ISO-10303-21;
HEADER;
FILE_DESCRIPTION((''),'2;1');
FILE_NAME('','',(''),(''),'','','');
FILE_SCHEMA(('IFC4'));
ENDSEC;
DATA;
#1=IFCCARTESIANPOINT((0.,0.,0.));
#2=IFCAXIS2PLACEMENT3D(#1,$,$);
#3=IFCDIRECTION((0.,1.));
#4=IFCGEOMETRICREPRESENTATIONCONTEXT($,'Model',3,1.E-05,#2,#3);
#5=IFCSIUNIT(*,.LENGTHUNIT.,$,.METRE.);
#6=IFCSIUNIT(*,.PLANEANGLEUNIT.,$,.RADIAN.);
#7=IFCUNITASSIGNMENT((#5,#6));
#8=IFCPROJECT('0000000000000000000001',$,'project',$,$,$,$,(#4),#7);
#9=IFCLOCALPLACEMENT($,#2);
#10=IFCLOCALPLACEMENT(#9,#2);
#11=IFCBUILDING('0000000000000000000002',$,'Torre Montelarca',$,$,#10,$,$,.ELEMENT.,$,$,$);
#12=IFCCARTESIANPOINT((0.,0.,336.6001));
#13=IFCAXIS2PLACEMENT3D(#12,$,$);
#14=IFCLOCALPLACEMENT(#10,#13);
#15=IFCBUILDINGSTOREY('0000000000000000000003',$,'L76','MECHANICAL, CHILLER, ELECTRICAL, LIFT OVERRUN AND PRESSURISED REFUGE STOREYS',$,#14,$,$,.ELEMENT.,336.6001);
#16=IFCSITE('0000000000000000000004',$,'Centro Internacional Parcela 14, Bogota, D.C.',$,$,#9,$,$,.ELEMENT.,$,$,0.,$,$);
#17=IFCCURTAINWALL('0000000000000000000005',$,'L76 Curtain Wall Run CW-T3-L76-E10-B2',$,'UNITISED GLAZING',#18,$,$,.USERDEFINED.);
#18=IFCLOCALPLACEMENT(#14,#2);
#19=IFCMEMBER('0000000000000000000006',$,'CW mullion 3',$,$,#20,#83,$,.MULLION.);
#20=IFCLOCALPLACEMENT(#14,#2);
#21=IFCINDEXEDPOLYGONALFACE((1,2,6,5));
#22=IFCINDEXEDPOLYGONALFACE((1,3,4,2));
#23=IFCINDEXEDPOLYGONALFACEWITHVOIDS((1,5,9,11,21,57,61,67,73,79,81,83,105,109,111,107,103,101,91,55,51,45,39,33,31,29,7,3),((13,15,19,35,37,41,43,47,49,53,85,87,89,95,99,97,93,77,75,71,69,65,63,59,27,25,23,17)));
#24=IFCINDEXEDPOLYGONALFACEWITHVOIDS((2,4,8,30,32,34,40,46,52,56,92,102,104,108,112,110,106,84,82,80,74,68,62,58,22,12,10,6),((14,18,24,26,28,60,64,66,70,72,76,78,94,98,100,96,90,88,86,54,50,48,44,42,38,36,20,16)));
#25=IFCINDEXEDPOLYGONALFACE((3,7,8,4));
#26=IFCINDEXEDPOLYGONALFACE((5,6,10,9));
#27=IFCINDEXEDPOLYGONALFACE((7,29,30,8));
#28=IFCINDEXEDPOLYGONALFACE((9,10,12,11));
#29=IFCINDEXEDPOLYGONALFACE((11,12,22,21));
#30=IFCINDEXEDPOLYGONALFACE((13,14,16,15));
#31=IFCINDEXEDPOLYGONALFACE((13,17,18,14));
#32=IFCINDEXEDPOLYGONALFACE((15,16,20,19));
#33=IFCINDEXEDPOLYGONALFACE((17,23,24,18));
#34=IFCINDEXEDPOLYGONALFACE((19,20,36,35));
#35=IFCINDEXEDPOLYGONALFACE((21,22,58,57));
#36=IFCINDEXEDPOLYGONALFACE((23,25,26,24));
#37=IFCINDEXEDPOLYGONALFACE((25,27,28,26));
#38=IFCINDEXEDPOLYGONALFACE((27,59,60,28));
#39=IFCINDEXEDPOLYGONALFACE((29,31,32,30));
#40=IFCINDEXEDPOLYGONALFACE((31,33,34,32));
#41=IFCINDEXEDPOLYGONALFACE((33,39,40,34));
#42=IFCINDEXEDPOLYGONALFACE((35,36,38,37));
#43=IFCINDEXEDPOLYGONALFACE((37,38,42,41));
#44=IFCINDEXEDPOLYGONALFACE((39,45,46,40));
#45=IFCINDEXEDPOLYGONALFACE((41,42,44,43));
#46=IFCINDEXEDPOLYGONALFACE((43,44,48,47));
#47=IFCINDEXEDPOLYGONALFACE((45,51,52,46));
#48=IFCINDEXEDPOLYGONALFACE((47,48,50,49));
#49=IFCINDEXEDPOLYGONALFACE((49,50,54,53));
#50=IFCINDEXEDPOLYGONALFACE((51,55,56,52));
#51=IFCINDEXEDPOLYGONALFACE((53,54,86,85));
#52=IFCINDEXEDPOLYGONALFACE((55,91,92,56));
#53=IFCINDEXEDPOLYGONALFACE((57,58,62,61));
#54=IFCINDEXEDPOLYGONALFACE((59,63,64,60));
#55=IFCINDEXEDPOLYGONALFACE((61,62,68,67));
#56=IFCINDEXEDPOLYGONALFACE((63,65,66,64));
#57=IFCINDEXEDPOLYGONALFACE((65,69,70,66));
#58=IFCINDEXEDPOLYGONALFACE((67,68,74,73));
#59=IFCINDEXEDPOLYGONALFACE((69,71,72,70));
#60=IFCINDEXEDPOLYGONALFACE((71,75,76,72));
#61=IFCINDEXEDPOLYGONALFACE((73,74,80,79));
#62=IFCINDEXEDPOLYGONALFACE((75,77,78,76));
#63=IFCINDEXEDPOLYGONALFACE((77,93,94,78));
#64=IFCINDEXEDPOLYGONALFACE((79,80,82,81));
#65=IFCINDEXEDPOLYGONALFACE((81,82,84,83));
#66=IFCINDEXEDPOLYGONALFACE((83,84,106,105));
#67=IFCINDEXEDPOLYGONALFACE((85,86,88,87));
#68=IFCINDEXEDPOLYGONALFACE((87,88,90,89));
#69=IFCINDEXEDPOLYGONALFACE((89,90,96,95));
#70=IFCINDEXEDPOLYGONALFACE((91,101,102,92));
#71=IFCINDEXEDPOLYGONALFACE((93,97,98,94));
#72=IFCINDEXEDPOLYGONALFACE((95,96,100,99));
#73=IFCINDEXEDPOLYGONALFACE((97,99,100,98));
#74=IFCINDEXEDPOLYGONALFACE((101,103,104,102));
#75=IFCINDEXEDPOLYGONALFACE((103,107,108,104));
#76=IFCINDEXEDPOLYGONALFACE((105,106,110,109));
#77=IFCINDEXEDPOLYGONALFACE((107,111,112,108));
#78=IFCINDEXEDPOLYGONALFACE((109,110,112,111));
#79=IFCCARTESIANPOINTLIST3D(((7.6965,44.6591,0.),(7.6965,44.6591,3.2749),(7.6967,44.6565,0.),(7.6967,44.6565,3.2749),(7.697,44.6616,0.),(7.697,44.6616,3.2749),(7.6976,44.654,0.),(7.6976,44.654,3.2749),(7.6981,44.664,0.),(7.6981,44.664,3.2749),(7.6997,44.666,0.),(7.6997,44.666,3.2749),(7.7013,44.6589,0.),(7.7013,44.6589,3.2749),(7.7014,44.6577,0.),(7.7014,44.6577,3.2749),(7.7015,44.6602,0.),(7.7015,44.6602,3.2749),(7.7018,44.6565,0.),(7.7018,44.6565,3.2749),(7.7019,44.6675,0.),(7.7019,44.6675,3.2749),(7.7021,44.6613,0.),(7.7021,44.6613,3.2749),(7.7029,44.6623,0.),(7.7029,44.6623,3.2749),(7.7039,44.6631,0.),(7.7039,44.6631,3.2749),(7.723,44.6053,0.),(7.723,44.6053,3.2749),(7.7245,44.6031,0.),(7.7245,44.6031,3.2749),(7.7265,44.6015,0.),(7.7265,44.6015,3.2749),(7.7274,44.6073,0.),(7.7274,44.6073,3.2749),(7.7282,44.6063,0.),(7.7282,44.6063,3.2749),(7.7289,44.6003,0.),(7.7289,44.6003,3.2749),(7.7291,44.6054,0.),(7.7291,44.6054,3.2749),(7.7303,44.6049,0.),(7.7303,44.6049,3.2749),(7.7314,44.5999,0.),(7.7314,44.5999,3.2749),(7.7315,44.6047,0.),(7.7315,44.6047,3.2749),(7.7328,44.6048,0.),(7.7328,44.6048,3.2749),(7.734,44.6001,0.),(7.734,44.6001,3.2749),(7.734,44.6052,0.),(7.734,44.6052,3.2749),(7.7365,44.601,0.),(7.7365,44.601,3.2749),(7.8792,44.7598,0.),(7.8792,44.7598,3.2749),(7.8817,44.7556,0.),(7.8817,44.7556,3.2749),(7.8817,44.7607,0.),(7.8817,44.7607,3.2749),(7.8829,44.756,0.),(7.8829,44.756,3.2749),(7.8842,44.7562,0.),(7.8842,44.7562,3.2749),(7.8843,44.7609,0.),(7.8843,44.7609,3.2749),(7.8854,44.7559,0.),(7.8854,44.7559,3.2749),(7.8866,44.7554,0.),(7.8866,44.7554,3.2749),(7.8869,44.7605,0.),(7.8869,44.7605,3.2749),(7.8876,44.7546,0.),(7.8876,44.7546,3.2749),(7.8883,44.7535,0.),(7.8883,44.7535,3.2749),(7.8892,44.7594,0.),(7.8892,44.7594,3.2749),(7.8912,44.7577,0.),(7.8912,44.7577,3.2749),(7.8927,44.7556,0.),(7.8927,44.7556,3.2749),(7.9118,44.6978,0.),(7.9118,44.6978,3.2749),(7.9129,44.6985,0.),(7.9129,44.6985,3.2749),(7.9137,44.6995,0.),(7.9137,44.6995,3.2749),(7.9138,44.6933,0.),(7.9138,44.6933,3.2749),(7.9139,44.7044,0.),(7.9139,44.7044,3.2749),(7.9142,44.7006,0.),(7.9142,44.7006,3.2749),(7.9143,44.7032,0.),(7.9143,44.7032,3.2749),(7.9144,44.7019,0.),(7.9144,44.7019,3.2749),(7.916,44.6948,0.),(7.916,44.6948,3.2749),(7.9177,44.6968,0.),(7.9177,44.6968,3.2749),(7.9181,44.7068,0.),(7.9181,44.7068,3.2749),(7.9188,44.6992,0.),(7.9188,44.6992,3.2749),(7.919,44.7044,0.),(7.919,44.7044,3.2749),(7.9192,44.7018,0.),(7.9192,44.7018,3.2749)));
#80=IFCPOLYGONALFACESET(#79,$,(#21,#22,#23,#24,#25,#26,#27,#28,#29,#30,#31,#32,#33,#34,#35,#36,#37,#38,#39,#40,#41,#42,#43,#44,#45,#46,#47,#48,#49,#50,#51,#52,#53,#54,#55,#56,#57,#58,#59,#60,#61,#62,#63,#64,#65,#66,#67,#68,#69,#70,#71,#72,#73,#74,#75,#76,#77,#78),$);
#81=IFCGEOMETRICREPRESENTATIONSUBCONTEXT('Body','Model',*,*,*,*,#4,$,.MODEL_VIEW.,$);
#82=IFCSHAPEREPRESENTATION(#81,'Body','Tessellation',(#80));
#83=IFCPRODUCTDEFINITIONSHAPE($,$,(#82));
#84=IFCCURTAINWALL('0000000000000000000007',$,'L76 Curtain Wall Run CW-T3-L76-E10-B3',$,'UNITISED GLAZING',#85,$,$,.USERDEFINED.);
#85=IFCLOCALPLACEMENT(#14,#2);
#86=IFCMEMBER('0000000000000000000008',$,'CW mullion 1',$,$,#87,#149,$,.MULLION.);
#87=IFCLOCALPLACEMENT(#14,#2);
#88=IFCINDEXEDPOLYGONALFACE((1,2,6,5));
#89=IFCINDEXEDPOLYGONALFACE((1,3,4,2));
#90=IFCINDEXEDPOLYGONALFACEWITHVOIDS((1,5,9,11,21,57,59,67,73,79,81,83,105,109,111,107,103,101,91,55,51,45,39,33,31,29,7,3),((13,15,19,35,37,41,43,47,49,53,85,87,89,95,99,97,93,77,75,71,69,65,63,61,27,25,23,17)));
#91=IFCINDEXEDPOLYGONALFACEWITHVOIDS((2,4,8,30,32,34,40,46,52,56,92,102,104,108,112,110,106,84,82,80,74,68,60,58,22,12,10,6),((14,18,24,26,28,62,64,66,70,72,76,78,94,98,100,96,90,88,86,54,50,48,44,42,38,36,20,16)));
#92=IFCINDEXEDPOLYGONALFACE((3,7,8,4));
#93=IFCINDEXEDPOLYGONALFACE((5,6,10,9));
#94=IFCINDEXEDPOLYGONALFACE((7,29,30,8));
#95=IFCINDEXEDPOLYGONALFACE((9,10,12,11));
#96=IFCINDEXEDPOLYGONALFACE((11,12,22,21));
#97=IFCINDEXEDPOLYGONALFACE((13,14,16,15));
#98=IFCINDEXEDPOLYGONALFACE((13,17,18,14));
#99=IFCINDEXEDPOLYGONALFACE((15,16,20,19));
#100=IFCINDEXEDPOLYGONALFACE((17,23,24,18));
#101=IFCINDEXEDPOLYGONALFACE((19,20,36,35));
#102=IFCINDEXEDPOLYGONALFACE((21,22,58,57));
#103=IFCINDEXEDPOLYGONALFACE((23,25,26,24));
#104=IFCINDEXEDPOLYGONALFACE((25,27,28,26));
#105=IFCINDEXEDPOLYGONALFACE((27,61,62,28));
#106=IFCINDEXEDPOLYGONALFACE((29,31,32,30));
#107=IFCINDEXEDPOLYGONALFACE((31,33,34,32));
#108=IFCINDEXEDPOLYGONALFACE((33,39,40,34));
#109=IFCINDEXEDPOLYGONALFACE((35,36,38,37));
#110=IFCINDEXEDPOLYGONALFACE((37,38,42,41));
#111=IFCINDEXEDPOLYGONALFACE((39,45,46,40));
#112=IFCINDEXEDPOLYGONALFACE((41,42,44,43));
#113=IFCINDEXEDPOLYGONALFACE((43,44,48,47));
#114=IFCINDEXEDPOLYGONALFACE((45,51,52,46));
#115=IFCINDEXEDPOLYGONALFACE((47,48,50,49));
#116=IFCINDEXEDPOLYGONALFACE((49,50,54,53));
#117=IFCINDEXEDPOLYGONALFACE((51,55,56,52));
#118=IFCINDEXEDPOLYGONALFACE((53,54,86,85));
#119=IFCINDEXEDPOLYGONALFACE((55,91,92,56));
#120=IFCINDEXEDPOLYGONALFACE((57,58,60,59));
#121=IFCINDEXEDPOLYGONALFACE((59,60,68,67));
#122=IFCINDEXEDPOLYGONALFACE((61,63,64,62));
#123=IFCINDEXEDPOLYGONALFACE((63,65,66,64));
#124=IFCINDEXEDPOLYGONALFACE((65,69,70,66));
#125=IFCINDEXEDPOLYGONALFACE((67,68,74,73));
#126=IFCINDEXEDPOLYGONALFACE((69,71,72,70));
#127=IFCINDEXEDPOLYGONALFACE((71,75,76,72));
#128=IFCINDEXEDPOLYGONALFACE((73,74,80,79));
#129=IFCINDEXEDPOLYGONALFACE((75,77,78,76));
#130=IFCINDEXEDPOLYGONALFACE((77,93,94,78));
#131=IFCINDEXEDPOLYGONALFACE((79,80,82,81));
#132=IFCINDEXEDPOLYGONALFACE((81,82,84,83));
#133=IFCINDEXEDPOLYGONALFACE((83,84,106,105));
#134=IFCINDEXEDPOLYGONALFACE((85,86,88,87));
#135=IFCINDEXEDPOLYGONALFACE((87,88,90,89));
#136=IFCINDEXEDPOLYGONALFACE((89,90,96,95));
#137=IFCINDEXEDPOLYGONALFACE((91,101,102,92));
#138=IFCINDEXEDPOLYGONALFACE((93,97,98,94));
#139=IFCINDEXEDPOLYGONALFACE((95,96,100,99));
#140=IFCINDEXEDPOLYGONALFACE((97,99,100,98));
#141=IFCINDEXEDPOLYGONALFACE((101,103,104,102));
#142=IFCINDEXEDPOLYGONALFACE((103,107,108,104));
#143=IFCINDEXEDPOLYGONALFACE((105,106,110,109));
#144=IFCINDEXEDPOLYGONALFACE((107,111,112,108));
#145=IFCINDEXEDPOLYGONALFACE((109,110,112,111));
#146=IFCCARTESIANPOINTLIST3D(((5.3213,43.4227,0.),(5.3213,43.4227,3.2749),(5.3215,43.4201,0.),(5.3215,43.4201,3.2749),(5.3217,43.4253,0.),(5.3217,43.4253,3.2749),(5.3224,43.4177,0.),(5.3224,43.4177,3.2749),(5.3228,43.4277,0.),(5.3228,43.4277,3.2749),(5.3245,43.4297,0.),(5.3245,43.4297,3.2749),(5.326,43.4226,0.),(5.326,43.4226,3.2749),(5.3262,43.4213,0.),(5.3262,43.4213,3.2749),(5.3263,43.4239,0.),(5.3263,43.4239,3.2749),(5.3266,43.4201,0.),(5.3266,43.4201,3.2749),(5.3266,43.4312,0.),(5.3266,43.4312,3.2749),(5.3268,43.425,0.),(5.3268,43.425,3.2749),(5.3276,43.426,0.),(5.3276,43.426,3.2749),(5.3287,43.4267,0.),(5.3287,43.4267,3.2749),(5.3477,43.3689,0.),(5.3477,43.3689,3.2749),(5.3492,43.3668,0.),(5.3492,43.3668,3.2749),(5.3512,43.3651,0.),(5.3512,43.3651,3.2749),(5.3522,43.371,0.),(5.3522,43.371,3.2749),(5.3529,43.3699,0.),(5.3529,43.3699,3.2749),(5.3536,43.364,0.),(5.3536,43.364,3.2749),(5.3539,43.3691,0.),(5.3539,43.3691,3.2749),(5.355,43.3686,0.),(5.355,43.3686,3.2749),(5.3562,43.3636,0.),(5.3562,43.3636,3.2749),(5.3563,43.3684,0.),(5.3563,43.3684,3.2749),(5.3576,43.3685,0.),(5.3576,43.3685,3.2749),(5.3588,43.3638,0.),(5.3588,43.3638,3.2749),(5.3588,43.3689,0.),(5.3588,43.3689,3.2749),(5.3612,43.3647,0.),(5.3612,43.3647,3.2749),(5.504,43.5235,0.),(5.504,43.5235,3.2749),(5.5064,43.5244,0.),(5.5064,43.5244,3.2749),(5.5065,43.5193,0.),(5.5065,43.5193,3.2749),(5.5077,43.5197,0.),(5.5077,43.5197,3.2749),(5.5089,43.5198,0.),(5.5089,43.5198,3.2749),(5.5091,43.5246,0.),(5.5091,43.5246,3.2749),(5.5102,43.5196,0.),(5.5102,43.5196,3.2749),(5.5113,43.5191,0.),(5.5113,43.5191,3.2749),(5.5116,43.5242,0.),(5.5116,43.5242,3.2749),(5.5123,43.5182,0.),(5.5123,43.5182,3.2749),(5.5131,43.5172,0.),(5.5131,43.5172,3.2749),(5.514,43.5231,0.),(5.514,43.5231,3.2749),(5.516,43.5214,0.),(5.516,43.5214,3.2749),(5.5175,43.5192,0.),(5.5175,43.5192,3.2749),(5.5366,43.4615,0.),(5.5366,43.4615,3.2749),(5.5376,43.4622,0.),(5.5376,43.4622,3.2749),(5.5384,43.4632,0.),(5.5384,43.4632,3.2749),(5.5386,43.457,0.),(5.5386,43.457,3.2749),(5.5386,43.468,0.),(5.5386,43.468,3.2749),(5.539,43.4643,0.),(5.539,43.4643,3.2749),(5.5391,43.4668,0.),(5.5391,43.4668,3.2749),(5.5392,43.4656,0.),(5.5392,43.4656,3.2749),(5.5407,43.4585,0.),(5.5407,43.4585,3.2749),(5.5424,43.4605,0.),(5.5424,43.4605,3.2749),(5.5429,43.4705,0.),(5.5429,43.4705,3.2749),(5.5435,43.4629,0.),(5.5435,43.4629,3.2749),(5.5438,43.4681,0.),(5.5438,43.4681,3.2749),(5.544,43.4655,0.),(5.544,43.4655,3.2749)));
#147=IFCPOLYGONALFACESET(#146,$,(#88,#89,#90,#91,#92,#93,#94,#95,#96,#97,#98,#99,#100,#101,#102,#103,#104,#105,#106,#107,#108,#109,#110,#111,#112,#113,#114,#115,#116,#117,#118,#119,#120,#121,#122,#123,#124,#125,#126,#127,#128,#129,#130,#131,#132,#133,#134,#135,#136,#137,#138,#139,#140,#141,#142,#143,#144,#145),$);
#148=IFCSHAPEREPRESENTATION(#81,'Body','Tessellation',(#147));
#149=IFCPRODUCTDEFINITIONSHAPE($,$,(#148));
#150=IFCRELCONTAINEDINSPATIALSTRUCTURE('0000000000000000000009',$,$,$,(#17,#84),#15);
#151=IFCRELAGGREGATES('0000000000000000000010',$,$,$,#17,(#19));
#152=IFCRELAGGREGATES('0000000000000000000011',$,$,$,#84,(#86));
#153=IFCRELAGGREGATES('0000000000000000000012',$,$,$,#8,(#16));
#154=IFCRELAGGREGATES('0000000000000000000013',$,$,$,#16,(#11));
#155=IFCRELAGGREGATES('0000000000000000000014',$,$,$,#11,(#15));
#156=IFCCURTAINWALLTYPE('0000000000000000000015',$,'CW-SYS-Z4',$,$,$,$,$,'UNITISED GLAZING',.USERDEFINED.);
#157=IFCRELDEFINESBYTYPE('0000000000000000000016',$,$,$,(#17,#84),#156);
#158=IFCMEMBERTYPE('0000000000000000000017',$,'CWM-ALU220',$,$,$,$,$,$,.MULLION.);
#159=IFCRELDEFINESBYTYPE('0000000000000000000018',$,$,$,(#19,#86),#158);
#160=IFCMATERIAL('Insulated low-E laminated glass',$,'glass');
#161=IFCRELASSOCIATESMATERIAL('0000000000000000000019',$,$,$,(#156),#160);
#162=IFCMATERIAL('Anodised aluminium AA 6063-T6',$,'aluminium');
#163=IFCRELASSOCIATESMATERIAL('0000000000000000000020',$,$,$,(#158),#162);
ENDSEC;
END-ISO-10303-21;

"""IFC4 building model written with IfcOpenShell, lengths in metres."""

from ifc_helpers import new_model, si_unit, direction, frame, origin, origin_2d, place, context, subcontext, project, spatial, hollow_rectangle, extrude, source, transform, mapped, material, material_profile, profile_set, type_object, element, aggregate, save


model = new_model("IFC4")

# Units and contexts
model_context = context("Model", 3, precision=1e-05, world=origin(), true_north=direction((0.0, 1.0)))
body_context = subcontext(model_context, "Body", "Model", "MODEL_VIEW")
ifc_project = project(units=[si_unit("LENGTHUNIT", "METRE"), si_unit("PLANEANGLEUNIT", "RADIAN")], contexts=[model_context])

# Site, building, storey
site_placement = place(None, origin())
site = spatial("IfcSite", under=ifc_project, at=site_placement, Name="Centro Internacional Parcela 14, Bogota, D.C.", CompositionType="ELEMENT", RefElevation=0.0)
building_placement = place(site_placement, origin())
building = spatial("IfcBuilding", under=site, at=building_placement, Name="Torre Montelarca", CompositionType="ELEMENT")
storey_placement = place(building_placement, frame((0.0, 0.0, 336.6001)))
storey = spatial("IfcBuildingStorey", under=building, at=storey_placement, Name="L76", Description="MECHANICAL, CHILLER, ELECTRICAL, LIFT OVERRUN AND PRESSURISED REFUGE STOREYS", CompositionType="ELEMENT", Elevation=336.6001)

# Shared definitions
ifc_material_1 = material(Name="Insulated low-E laminated glass", Category="glass")
curtain_wall_type = type_object("IfcCurtainWallType", Name="CW-SYS-Z4", ElementType="UNITISED GLAZING", PredefinedType="USERDEFINED", material=ifc_material_1)
ifc_material_2 = material(Name="Anodised aluminium AA 6063-T6", Category="aluminium")
ifc_material_profile_1 = material_profile(ifc_material_2, hollow_rectangle(XDim=0.075, YDim=0.22, WallThickness=0.0049, InnerFilletRadius=0.0049, OuterFilletRadius=0.01, at=origin_2d()), Name="ALU75X220X5", Category="aluminium")
ifc_profile_set_1 = profile_set([ifc_material_profile_1], Name="Anodised aluminium AA 6063-T6")
member_type_1 = type_object("IfcMemberType", Name="CWM-ALU220", PredefinedType="MULLION", material=ifc_profile_set_1)
shared_shape_1 = source(origin(), body_context, "Body", "SweptSolid", [
    extrude(hollow_rectangle(XDim=0.075, YDim=0.22, WallThickness=0.0049, InnerFilletRadius=0.0049, OuterFilletRadius=0.01, at=origin_2d()), origin(), (0.0, 0.0, 1.0), 3.2749),
])

# Curtain walls, members
curtain_wall_1_placement = place(storey_placement, origin())
curtain_wall_1 = element("IfcCurtainWall", 1, at=curtain_wall_1_placement, inside=storey, type_object=curtain_wall_type, Name="L76 Curtain Wall Run CW-T3-L76-E10-B2", ObjectType="UNITISED GLAZING", PredefinedType="USERDEFINED")
member_1_placement = place(storey_placement, frame((7.8079, 44.6804, 0.0), z_axis=(0.0, 0.0, 1.0), x_axis=(0.461757, -0.887006, 0.0)))
member_1 = element("IfcMember", 2, at=member_1_placement, type_object=member_type_1, Name="CW mullion 3", PredefinedType="MULLION", context=body_context, shape_type="MappedRepresentation", body=[
    mapped(shared_shape_1, transform((0.0, 0.0, 0.0), scale=1.0)),
])
curtain_wall_2_placement = place(storey_placement, origin())
curtain_wall_2 = element("IfcCurtainWall", 3, at=curtain_wall_2_placement, inside=storey, type_object=curtain_wall_type, Name="L76 Curtain Wall Run CW-T3-L76-E10-B3", ObjectType="UNITISED GLAZING", PredefinedType="USERDEFINED")
member_2_placement = place(storey_placement, frame((5.4326, 43.4441, 0.0), z_axis=(0.0, 0.0, 1.0), x_axis=(0.461739, -0.887016, 0.0)))
member_2 = element("IfcMember", 4, at=member_2_placement, type_object=member_type_1, Name="CW mullion 1", PredefinedType="MULLION", context=body_context, shape_type="MappedRepresentation", body=[
    mapped(shared_shape_1, transform((0.0, 0.0, 0.0), scale=1.0)),
])

aggregate(curtain_wall_1, [member_1])
aggregate(curtain_wall_2, [member_2])

save(model, "model.ifc")
